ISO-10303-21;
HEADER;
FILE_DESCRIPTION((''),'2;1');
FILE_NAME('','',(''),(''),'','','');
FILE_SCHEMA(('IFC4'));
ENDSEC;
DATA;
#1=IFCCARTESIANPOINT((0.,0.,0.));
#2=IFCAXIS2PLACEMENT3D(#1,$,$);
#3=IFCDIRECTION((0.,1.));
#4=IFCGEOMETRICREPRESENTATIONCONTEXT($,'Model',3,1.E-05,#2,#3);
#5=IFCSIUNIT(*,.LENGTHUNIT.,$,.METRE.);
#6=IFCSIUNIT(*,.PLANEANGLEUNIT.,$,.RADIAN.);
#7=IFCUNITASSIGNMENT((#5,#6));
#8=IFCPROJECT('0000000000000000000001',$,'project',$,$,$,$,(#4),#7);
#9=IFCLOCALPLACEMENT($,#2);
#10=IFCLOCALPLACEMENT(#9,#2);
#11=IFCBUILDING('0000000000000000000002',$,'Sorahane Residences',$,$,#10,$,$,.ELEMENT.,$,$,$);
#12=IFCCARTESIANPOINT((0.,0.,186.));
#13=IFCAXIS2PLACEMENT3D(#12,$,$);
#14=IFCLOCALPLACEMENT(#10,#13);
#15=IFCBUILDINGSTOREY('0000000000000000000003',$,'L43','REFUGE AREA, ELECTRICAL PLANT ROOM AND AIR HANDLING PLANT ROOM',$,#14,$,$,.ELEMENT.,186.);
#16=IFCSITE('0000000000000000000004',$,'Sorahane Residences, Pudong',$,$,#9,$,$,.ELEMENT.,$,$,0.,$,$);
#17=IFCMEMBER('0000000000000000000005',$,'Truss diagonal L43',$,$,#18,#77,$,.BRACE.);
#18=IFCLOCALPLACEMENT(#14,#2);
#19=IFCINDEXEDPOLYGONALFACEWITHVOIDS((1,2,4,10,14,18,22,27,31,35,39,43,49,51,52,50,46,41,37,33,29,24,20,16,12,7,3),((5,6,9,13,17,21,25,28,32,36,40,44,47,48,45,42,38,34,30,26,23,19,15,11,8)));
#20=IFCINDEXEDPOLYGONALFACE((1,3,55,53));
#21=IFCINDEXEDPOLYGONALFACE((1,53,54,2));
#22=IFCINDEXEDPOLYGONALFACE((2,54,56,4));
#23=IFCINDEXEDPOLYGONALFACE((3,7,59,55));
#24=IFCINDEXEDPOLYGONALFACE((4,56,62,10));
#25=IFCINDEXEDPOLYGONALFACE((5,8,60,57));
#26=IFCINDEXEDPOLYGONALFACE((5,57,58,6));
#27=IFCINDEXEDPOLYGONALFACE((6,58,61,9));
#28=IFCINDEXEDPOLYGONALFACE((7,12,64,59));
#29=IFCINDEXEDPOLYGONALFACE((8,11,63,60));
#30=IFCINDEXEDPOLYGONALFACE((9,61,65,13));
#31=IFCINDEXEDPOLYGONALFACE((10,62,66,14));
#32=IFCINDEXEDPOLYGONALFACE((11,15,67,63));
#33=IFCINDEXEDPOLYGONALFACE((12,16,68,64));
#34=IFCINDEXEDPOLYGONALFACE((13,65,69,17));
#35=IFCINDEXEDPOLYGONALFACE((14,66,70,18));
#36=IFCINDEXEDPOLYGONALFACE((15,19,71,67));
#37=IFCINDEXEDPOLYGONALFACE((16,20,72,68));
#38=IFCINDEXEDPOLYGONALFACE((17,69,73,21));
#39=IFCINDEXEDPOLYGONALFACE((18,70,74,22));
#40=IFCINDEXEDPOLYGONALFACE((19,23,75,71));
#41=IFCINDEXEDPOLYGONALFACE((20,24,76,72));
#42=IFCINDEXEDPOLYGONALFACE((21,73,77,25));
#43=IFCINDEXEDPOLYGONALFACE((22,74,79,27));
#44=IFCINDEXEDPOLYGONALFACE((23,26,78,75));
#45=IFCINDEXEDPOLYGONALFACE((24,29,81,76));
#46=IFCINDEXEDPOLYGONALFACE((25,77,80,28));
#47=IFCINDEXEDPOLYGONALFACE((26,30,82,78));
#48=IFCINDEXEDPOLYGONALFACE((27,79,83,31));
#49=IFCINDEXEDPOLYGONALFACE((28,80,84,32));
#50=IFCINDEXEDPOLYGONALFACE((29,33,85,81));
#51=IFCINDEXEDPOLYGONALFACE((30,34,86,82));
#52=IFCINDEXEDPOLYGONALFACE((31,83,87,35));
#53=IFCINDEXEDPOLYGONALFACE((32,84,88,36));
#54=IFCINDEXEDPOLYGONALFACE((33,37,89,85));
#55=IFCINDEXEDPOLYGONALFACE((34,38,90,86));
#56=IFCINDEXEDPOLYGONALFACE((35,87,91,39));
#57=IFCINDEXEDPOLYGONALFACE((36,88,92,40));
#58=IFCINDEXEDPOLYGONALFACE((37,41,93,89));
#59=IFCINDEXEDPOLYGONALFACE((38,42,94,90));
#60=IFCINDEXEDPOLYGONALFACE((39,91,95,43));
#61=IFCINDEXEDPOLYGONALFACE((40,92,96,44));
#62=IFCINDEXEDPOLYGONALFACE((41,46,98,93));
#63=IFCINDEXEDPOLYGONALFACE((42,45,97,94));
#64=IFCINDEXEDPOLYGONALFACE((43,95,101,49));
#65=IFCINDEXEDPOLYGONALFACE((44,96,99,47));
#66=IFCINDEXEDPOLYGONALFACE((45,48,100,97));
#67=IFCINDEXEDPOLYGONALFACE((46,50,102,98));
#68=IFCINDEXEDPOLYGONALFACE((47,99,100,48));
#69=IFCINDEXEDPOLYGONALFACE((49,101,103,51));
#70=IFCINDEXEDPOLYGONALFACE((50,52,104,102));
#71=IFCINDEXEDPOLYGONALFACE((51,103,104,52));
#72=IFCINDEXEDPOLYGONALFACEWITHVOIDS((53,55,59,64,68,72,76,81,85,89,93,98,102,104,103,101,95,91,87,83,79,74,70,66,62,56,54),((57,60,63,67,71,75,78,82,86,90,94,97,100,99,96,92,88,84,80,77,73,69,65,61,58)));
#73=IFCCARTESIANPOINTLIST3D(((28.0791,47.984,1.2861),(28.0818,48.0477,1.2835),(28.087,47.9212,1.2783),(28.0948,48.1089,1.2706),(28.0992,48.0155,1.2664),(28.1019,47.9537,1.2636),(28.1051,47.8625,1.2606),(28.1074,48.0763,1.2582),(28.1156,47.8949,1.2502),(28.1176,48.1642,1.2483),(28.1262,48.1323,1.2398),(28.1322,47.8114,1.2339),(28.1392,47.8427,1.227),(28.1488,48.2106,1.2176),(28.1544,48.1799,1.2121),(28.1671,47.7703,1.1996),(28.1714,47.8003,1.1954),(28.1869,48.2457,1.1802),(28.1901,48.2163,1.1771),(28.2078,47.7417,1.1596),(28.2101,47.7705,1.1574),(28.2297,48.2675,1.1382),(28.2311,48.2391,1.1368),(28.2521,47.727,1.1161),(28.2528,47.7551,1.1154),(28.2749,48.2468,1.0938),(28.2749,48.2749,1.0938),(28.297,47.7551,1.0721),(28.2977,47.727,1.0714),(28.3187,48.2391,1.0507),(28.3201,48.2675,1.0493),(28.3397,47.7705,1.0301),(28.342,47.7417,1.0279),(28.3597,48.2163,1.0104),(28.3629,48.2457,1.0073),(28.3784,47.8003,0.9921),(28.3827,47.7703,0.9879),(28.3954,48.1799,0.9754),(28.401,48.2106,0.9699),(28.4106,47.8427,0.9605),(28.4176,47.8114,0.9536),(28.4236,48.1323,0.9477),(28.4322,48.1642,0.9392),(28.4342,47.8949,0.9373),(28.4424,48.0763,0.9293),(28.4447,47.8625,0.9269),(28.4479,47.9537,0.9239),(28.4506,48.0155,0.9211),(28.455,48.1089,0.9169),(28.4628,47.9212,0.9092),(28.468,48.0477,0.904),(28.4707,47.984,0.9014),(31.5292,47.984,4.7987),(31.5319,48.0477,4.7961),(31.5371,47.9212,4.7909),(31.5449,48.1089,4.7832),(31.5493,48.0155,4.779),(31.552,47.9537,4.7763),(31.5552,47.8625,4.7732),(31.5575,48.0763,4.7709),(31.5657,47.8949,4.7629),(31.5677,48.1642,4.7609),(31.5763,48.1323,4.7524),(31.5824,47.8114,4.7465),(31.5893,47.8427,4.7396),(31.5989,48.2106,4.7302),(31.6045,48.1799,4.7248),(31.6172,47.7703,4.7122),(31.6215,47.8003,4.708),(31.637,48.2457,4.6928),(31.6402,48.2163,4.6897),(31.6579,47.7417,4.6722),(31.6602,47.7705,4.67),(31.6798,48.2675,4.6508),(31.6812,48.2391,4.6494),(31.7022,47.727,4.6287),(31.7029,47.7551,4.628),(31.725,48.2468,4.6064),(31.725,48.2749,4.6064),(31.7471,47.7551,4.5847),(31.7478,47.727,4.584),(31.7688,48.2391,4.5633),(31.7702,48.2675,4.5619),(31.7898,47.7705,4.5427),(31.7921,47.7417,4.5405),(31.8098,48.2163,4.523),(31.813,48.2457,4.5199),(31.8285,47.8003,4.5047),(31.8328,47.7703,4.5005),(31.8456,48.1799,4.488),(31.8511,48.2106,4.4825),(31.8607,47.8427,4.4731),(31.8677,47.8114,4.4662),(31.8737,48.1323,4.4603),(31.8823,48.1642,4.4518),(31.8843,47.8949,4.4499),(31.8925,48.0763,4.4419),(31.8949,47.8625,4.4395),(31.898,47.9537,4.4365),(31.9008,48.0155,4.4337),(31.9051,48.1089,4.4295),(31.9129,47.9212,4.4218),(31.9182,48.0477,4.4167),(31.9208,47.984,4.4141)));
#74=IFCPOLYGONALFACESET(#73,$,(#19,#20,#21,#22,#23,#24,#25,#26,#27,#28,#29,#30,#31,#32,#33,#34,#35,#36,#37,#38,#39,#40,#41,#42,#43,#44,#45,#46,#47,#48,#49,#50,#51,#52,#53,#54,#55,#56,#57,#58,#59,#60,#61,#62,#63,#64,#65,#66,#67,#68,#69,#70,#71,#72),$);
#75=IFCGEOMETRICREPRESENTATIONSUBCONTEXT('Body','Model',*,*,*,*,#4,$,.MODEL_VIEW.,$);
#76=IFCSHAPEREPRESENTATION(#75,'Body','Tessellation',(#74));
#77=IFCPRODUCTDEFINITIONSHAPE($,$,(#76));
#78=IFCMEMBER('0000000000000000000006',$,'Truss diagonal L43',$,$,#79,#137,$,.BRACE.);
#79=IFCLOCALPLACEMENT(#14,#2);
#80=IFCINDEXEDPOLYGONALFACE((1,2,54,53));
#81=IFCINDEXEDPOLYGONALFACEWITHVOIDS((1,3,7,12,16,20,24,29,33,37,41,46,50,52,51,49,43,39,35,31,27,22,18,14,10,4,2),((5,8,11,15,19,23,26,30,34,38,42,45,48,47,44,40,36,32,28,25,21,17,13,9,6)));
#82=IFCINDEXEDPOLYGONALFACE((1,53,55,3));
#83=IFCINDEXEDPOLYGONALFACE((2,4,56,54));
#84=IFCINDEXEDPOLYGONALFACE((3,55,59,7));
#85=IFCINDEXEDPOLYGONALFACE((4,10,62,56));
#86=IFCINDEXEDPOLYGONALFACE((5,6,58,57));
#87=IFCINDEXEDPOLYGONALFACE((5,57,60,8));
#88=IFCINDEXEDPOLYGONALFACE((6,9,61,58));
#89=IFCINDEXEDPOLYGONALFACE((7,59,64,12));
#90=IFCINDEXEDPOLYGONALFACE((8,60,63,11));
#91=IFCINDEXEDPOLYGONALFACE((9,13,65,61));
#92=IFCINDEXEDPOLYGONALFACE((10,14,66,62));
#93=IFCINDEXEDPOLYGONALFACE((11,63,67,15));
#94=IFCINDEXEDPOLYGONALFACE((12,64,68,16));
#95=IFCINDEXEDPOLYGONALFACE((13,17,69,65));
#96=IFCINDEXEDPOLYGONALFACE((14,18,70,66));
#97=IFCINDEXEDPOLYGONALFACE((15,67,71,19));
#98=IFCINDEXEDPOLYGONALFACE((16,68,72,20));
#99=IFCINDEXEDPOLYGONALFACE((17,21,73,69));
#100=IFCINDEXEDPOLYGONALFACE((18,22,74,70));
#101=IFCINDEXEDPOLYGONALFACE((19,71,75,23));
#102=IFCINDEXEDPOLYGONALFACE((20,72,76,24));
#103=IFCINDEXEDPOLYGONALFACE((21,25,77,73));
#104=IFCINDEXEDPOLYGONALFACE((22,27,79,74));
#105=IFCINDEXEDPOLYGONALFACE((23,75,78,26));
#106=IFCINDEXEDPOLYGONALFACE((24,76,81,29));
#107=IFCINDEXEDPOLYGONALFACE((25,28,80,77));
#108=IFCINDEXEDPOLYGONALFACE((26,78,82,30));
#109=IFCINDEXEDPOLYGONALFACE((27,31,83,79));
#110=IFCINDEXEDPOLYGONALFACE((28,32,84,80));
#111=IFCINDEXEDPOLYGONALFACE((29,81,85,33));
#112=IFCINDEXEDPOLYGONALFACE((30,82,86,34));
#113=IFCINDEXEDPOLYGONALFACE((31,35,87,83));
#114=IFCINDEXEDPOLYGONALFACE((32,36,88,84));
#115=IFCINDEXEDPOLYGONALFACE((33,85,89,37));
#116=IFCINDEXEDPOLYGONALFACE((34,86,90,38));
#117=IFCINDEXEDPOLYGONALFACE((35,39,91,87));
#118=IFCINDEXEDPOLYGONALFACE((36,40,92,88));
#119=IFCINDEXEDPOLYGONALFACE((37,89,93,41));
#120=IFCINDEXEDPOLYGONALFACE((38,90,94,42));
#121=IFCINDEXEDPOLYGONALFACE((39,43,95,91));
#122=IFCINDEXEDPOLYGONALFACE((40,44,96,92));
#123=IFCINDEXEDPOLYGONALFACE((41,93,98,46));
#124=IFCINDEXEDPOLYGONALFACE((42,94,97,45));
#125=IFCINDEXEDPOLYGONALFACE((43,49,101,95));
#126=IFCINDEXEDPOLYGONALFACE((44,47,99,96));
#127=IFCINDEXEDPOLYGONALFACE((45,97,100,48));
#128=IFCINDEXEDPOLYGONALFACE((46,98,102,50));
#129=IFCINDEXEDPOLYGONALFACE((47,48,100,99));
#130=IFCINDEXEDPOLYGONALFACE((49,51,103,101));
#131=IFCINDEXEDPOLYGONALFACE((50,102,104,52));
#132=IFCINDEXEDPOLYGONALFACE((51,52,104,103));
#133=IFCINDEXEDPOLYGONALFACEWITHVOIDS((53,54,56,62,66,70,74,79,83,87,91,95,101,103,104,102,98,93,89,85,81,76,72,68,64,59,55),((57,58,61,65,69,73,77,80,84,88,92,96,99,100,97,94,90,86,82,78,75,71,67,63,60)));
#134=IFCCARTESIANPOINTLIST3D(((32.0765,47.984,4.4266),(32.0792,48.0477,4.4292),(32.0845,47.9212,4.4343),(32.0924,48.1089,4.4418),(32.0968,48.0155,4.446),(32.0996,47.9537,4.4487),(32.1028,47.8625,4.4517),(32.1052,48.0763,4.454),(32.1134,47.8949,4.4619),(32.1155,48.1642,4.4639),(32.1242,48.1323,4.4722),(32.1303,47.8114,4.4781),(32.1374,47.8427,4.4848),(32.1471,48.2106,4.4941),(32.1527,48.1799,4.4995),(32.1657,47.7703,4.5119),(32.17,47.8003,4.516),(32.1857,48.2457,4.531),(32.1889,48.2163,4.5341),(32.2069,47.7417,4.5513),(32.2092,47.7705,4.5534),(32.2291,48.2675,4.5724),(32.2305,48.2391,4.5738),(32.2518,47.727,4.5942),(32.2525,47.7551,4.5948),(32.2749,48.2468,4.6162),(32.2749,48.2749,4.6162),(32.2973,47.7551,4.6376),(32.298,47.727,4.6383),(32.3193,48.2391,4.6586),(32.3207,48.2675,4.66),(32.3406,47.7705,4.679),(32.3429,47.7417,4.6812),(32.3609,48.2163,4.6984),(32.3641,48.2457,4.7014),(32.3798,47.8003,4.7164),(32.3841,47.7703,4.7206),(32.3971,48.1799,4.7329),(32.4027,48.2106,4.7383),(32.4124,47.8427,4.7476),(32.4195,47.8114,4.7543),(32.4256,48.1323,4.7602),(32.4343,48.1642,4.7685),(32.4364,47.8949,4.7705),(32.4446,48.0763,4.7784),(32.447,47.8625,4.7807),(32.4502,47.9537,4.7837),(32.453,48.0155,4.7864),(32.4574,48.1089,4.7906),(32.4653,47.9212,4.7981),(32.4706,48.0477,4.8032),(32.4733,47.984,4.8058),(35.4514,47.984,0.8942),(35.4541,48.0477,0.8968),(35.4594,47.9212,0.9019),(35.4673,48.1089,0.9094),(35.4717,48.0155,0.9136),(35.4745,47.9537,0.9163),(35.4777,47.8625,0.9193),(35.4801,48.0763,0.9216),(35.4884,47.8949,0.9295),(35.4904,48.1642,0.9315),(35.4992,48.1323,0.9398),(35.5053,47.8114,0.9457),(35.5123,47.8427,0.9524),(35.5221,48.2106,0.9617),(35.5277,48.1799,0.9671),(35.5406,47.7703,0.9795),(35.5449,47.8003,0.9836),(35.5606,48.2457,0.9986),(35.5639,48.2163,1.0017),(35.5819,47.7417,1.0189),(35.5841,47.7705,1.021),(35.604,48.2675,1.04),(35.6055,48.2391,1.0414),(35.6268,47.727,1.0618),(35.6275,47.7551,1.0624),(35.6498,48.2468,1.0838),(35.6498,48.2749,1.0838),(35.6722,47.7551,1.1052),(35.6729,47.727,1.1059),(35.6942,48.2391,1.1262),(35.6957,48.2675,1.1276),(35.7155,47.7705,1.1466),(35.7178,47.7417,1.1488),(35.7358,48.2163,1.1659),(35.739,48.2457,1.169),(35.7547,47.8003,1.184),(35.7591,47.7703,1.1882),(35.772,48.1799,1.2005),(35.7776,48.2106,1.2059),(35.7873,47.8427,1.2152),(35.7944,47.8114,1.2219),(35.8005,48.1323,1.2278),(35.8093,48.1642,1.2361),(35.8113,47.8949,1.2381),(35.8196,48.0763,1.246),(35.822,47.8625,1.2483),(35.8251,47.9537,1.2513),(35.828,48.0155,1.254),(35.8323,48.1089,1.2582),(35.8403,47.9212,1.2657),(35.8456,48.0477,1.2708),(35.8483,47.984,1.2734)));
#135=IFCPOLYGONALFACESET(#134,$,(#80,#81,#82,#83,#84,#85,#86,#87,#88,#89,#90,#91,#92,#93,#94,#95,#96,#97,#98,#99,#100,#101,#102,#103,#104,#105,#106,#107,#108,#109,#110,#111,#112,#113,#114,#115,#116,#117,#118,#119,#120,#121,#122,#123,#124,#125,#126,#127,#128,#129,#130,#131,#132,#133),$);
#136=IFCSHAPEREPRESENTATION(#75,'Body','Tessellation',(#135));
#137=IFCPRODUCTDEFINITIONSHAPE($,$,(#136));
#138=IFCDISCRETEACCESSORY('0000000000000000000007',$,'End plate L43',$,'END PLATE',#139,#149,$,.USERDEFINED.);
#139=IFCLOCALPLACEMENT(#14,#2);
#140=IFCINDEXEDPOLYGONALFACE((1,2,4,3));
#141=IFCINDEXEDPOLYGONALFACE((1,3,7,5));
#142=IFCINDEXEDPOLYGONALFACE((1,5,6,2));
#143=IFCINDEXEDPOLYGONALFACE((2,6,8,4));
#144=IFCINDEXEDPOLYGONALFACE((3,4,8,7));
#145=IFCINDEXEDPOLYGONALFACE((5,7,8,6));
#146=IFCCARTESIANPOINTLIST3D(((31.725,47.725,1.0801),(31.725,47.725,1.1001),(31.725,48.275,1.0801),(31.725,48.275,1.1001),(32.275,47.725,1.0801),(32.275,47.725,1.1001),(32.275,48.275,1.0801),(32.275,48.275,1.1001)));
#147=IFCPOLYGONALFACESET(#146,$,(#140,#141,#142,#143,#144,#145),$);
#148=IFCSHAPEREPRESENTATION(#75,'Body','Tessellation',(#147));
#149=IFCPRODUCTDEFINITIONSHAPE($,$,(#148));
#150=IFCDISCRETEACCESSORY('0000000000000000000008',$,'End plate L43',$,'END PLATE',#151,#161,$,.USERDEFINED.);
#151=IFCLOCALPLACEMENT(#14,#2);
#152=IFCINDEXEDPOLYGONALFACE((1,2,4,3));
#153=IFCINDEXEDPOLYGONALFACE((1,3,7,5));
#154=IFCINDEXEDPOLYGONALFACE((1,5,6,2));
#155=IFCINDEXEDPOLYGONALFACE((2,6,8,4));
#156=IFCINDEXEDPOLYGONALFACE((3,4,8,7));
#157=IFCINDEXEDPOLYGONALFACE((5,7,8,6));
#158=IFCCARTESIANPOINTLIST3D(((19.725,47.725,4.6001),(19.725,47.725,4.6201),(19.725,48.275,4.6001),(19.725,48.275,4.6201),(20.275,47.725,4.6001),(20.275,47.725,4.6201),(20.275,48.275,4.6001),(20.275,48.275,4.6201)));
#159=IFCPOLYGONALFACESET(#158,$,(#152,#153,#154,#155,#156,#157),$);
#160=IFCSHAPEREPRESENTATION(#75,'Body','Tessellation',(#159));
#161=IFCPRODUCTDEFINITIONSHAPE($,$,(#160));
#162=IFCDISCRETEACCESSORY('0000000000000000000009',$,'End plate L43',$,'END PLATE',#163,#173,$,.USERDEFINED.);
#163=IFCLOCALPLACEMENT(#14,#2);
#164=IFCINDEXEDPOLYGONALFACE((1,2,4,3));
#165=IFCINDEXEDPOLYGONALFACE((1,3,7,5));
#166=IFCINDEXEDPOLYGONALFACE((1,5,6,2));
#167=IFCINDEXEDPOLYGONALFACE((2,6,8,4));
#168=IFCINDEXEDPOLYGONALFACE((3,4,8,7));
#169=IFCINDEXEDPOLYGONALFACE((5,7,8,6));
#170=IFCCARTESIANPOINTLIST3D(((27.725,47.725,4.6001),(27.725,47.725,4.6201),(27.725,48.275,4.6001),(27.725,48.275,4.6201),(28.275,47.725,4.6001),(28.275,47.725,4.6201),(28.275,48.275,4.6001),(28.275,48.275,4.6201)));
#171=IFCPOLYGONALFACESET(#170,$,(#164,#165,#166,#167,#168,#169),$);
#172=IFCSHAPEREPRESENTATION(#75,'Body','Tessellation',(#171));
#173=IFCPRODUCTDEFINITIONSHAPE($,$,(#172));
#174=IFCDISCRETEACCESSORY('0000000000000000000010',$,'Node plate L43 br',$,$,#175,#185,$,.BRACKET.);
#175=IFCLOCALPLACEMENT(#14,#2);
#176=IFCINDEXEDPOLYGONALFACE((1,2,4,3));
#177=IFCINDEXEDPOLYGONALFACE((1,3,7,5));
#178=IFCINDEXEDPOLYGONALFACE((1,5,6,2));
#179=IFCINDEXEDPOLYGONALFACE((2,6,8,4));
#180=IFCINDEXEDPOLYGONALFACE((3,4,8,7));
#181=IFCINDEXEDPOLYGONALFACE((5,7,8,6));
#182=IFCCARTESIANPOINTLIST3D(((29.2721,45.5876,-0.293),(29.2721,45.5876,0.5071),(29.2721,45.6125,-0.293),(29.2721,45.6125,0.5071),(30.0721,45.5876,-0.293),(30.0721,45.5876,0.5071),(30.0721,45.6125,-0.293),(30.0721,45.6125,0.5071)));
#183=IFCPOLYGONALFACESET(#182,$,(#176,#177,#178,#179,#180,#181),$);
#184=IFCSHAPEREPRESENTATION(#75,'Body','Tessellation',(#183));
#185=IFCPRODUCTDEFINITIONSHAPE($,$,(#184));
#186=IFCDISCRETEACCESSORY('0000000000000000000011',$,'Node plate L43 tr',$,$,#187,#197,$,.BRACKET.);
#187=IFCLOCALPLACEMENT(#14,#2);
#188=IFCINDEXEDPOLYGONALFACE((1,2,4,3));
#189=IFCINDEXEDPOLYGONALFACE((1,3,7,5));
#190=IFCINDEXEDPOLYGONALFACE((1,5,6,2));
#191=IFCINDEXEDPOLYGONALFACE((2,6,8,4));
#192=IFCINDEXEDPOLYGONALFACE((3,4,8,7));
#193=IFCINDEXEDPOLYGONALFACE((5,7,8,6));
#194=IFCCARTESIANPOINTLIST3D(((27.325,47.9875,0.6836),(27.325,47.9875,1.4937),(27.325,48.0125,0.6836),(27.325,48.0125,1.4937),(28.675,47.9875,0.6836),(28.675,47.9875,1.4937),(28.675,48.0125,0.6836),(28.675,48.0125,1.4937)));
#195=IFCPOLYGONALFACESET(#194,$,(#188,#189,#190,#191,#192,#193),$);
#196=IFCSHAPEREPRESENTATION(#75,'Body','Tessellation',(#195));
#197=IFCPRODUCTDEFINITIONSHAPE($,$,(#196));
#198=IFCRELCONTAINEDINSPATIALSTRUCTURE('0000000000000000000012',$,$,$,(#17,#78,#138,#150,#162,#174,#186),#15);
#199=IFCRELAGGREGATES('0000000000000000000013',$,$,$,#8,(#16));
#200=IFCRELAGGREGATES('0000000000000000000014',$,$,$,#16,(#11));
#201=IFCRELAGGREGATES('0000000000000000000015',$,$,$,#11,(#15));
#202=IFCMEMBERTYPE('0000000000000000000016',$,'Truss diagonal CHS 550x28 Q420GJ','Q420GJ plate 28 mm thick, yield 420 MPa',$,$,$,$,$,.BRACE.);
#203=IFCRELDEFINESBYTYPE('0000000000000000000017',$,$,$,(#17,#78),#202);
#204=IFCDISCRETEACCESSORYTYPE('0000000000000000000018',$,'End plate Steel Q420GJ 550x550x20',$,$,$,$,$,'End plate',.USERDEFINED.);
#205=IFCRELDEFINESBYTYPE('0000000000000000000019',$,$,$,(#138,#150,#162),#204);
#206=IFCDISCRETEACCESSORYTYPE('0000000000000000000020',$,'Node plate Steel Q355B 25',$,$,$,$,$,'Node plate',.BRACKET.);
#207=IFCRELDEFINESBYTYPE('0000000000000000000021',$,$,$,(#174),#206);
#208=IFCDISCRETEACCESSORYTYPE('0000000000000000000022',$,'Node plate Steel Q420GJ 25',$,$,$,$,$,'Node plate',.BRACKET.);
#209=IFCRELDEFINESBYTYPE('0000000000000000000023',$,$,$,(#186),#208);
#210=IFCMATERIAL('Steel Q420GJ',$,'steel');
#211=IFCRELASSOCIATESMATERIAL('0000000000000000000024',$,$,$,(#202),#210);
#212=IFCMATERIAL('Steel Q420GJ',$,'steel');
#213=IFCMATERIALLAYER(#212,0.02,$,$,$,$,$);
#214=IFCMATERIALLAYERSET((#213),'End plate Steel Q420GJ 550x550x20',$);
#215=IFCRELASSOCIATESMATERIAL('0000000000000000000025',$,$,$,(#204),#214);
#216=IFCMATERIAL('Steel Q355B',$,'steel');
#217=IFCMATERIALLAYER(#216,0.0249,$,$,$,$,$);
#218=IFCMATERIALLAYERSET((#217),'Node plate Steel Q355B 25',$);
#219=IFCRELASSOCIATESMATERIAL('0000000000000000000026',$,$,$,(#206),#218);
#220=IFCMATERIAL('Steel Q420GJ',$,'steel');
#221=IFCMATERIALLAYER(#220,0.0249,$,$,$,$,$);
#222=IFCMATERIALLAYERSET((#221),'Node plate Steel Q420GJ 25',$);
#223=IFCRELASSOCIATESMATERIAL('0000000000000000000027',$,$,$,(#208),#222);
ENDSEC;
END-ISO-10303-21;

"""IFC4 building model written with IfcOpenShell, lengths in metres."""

from ifc_helpers import new_model, si_unit, direction, frame, origin, origin_2d, place, context, subcontext, project, spatial, rectangle, hollow_circle, extrude, material, layer, layer_set, material_profile, profile_set, type_object, element, save


model = new_model("IFC4")

# Units and contexts
model_context = context("Model", 3, precision=1e-05, world=origin(), true_north=direction((0.0, 1.0)))
body_context = subcontext(model_context, "Body", "Model", "MODEL_VIEW")
ifc_project = project(units=[si_unit("LENGTHUNIT", "METRE"), si_unit("PLANEANGLEUNIT", "RADIAN")], contexts=[model_context])

# Site, building, storey
site_placement = place(None, origin())
site = spatial("IfcSite", under=ifc_project, at=site_placement, Name="Sorahane Residences, Pudong", CompositionType="ELEMENT", RefElevation=0.0)
building_placement = place(site_placement, origin())
building = spatial("IfcBuilding", under=site, at=building_placement, Name="Sorahane Residences", CompositionType="ELEMENT")
storey_placement = place(building_placement, frame((0.0, 0.0, 186.0)))
storey = spatial("IfcBuildingStorey", under=building, at=storey_placement, Name="L43", Description="REFUGE AREA, ELECTRICAL PLANT ROOM AND AIR HANDLING PLANT ROOM", CompositionType="ELEMENT", Elevation=186.0)

# Members
ifc_material_1 = material(Name="Steel Q420GJ", Category="steel")
ifc_material_profile_1 = material_profile(ifc_material_1, hollow_circle(Radius=0.2749, WallThickness=0.0281, at=origin_2d()), Name="CHS 550x28")
ifc_profile_set_1 = profile_set([ifc_material_profile_1], Name="Steel Q420GJ")
member_type_1 = type_object("IfcMemberType", Name="Truss diagonal CHS 550x28 Q420GJ", Description="Q420GJ plate 28 mm thick, yield 420 MPa", PredefinedType="BRACE", material=ifc_profile_set_1)
member_1_placement = place(storey_placement, frame((28.2749, 48.0, 1.0938), z_axis=(0.700731, 0.0, 0.713425), x_axis=(0.0, 1.0, 0.0)))
element("IfcMember", 1, at=member_1_placement, inside=storey, type_object=member_type_1, Name="Truss diagonal L43", PredefinedType="BRACE", context=body_context, shape_type="SweptSolid", body=[
    extrude(hollow_circle(Radius=0.2749, WallThickness=0.0281, at=origin_2d()), origin(), (0.0, 0.0, 1.0), 4.9236),
])
member_2_placement = place(storey_placement, frame((32.2749, 48.0, 4.6162), z_axis=(0.690807, 0.0, -0.723039), x_axis=(0.0, 1.0, 0.0)))
element("IfcMember", 2, at=member_2_placement, inside=storey, type_object=member_type_1, Name="Truss diagonal L43", PredefinedType="BRACE", context=body_context, shape_type="SweptSolid", body=[
    extrude(hollow_circle(Radius=0.2749, WallThickness=0.0281, at=origin_2d()), origin(), (0.0, 0.0, 1.0), 4.8855),
])

# Discrete accessories
ifc_material_2 = material(Name="Steel Q420GJ", Category="steel")
ifc_layer_1 = layer(ifc_material_2, 0.02)
ifc_layer_set_1 = layer_set([ifc_layer_1], Name="End plate Steel Q420GJ 550x550x20")
discrete_accessory_type_1 = type_object("IfcDiscreteAccessoryType", Name="End plate Steel Q420GJ 550x550x20", ElementType="End plate", PredefinedType="USERDEFINED", material=ifc_layer_set_1)
for number, where, z_axis, x_axis, name in (
    (3, (32.0, 48.0, 1.0801), (0.0, 0.0, 1.0), (1.0, 0.0, 0.0), "End plate L43"),
    (4, (20.0, 48.0, 4.6001), (0.0, 0.0, 1.0), (1.0, 0.0, 0.0), "End plate L43"),
    (5, (28.0, 48.0, 4.6001), (0.0, 0.0, 1.0), (1.0, 0.0, 0.0), "End plate L43"),
):
    element("IfcDiscreteAccessory", number, at=place(storey_placement, frame(where, z_axis=z_axis, x_axis=x_axis)), inside=storey, type_object=discrete_accessory_type_1, Name=name, ObjectType="END PLATE", PredefinedType="USERDEFINED", context=body_context, shape_type="SweptSolid", body=[
        extrude(rectangle(XDim=0.55, YDim=0.55, at=origin_2d()), origin(), (0.0, 0.0, 1.0), 0.02),
    ])
ifc_material_3 = material(Name="Steel Q355B", Category="steel")
ifc_layer_2 = layer(ifc_material_3, 0.0249)
ifc_layer_set_2 = layer_set([ifc_layer_2], Name="Node plate Steel Q355B 25")
discrete_accessory_type_2 = type_object("IfcDiscreteAccessoryType", Name="Node plate Steel Q355B 25", ElementType="Node plate", PredefinedType="BRACKET", material=ifc_layer_set_2)
discrete_accessory_1_placement = place(storey_placement, frame((29.6721, 45.6001, -0.293), z_axis=(0.0, 0.0, 1.0), x_axis=(1.0, 0.0, 0.0)))
element("IfcDiscreteAccessory", 6, at=discrete_accessory_1_placement, inside=storey, type_object=discrete_accessory_type_2, Name="Node plate L43 br", PredefinedType="BRACKET", context=body_context, shape_type="SweptSolid", body=[
    extrude(rectangle(XDim=0.8, YDim=0.0249, at=origin_2d()), origin(), (0.0, 0.0, 1.0), 0.8),
])
ifc_material_4 = material(Name="Steel Q420GJ", Category="steel")
ifc_layer_3 = layer(ifc_material_4, 0.0249)
ifc_layer_set_3 = layer_set([ifc_layer_3], Name="Node plate Steel Q420GJ 25")
discrete_accessory_type_3 = type_object("IfcDiscreteAccessoryType", Name="Node plate Steel Q420GJ 25", ElementType="Node plate", PredefinedType="BRACKET", material=ifc_layer_set_3)
discrete_accessory_2_placement = place(storey_placement, frame((28.0, 48.0, 0.6836), z_axis=(0.0, 0.0, 1.0), x_axis=(1.0, 0.0, 0.0)))
element("IfcDiscreteAccessory", 7, at=discrete_accessory_2_placement, inside=storey, type_object=discrete_accessory_type_3, Name="Node plate L43 tr", PredefinedType="BRACKET", context=body_context, shape_type="SweptSolid", body=[
    extrude(rectangle(XDim=1.3501, YDim=0.0249, at=origin_2d()), origin(), (0.0, 0.0, 1.0), 0.8101),
])

save(model, "model.ifc")
